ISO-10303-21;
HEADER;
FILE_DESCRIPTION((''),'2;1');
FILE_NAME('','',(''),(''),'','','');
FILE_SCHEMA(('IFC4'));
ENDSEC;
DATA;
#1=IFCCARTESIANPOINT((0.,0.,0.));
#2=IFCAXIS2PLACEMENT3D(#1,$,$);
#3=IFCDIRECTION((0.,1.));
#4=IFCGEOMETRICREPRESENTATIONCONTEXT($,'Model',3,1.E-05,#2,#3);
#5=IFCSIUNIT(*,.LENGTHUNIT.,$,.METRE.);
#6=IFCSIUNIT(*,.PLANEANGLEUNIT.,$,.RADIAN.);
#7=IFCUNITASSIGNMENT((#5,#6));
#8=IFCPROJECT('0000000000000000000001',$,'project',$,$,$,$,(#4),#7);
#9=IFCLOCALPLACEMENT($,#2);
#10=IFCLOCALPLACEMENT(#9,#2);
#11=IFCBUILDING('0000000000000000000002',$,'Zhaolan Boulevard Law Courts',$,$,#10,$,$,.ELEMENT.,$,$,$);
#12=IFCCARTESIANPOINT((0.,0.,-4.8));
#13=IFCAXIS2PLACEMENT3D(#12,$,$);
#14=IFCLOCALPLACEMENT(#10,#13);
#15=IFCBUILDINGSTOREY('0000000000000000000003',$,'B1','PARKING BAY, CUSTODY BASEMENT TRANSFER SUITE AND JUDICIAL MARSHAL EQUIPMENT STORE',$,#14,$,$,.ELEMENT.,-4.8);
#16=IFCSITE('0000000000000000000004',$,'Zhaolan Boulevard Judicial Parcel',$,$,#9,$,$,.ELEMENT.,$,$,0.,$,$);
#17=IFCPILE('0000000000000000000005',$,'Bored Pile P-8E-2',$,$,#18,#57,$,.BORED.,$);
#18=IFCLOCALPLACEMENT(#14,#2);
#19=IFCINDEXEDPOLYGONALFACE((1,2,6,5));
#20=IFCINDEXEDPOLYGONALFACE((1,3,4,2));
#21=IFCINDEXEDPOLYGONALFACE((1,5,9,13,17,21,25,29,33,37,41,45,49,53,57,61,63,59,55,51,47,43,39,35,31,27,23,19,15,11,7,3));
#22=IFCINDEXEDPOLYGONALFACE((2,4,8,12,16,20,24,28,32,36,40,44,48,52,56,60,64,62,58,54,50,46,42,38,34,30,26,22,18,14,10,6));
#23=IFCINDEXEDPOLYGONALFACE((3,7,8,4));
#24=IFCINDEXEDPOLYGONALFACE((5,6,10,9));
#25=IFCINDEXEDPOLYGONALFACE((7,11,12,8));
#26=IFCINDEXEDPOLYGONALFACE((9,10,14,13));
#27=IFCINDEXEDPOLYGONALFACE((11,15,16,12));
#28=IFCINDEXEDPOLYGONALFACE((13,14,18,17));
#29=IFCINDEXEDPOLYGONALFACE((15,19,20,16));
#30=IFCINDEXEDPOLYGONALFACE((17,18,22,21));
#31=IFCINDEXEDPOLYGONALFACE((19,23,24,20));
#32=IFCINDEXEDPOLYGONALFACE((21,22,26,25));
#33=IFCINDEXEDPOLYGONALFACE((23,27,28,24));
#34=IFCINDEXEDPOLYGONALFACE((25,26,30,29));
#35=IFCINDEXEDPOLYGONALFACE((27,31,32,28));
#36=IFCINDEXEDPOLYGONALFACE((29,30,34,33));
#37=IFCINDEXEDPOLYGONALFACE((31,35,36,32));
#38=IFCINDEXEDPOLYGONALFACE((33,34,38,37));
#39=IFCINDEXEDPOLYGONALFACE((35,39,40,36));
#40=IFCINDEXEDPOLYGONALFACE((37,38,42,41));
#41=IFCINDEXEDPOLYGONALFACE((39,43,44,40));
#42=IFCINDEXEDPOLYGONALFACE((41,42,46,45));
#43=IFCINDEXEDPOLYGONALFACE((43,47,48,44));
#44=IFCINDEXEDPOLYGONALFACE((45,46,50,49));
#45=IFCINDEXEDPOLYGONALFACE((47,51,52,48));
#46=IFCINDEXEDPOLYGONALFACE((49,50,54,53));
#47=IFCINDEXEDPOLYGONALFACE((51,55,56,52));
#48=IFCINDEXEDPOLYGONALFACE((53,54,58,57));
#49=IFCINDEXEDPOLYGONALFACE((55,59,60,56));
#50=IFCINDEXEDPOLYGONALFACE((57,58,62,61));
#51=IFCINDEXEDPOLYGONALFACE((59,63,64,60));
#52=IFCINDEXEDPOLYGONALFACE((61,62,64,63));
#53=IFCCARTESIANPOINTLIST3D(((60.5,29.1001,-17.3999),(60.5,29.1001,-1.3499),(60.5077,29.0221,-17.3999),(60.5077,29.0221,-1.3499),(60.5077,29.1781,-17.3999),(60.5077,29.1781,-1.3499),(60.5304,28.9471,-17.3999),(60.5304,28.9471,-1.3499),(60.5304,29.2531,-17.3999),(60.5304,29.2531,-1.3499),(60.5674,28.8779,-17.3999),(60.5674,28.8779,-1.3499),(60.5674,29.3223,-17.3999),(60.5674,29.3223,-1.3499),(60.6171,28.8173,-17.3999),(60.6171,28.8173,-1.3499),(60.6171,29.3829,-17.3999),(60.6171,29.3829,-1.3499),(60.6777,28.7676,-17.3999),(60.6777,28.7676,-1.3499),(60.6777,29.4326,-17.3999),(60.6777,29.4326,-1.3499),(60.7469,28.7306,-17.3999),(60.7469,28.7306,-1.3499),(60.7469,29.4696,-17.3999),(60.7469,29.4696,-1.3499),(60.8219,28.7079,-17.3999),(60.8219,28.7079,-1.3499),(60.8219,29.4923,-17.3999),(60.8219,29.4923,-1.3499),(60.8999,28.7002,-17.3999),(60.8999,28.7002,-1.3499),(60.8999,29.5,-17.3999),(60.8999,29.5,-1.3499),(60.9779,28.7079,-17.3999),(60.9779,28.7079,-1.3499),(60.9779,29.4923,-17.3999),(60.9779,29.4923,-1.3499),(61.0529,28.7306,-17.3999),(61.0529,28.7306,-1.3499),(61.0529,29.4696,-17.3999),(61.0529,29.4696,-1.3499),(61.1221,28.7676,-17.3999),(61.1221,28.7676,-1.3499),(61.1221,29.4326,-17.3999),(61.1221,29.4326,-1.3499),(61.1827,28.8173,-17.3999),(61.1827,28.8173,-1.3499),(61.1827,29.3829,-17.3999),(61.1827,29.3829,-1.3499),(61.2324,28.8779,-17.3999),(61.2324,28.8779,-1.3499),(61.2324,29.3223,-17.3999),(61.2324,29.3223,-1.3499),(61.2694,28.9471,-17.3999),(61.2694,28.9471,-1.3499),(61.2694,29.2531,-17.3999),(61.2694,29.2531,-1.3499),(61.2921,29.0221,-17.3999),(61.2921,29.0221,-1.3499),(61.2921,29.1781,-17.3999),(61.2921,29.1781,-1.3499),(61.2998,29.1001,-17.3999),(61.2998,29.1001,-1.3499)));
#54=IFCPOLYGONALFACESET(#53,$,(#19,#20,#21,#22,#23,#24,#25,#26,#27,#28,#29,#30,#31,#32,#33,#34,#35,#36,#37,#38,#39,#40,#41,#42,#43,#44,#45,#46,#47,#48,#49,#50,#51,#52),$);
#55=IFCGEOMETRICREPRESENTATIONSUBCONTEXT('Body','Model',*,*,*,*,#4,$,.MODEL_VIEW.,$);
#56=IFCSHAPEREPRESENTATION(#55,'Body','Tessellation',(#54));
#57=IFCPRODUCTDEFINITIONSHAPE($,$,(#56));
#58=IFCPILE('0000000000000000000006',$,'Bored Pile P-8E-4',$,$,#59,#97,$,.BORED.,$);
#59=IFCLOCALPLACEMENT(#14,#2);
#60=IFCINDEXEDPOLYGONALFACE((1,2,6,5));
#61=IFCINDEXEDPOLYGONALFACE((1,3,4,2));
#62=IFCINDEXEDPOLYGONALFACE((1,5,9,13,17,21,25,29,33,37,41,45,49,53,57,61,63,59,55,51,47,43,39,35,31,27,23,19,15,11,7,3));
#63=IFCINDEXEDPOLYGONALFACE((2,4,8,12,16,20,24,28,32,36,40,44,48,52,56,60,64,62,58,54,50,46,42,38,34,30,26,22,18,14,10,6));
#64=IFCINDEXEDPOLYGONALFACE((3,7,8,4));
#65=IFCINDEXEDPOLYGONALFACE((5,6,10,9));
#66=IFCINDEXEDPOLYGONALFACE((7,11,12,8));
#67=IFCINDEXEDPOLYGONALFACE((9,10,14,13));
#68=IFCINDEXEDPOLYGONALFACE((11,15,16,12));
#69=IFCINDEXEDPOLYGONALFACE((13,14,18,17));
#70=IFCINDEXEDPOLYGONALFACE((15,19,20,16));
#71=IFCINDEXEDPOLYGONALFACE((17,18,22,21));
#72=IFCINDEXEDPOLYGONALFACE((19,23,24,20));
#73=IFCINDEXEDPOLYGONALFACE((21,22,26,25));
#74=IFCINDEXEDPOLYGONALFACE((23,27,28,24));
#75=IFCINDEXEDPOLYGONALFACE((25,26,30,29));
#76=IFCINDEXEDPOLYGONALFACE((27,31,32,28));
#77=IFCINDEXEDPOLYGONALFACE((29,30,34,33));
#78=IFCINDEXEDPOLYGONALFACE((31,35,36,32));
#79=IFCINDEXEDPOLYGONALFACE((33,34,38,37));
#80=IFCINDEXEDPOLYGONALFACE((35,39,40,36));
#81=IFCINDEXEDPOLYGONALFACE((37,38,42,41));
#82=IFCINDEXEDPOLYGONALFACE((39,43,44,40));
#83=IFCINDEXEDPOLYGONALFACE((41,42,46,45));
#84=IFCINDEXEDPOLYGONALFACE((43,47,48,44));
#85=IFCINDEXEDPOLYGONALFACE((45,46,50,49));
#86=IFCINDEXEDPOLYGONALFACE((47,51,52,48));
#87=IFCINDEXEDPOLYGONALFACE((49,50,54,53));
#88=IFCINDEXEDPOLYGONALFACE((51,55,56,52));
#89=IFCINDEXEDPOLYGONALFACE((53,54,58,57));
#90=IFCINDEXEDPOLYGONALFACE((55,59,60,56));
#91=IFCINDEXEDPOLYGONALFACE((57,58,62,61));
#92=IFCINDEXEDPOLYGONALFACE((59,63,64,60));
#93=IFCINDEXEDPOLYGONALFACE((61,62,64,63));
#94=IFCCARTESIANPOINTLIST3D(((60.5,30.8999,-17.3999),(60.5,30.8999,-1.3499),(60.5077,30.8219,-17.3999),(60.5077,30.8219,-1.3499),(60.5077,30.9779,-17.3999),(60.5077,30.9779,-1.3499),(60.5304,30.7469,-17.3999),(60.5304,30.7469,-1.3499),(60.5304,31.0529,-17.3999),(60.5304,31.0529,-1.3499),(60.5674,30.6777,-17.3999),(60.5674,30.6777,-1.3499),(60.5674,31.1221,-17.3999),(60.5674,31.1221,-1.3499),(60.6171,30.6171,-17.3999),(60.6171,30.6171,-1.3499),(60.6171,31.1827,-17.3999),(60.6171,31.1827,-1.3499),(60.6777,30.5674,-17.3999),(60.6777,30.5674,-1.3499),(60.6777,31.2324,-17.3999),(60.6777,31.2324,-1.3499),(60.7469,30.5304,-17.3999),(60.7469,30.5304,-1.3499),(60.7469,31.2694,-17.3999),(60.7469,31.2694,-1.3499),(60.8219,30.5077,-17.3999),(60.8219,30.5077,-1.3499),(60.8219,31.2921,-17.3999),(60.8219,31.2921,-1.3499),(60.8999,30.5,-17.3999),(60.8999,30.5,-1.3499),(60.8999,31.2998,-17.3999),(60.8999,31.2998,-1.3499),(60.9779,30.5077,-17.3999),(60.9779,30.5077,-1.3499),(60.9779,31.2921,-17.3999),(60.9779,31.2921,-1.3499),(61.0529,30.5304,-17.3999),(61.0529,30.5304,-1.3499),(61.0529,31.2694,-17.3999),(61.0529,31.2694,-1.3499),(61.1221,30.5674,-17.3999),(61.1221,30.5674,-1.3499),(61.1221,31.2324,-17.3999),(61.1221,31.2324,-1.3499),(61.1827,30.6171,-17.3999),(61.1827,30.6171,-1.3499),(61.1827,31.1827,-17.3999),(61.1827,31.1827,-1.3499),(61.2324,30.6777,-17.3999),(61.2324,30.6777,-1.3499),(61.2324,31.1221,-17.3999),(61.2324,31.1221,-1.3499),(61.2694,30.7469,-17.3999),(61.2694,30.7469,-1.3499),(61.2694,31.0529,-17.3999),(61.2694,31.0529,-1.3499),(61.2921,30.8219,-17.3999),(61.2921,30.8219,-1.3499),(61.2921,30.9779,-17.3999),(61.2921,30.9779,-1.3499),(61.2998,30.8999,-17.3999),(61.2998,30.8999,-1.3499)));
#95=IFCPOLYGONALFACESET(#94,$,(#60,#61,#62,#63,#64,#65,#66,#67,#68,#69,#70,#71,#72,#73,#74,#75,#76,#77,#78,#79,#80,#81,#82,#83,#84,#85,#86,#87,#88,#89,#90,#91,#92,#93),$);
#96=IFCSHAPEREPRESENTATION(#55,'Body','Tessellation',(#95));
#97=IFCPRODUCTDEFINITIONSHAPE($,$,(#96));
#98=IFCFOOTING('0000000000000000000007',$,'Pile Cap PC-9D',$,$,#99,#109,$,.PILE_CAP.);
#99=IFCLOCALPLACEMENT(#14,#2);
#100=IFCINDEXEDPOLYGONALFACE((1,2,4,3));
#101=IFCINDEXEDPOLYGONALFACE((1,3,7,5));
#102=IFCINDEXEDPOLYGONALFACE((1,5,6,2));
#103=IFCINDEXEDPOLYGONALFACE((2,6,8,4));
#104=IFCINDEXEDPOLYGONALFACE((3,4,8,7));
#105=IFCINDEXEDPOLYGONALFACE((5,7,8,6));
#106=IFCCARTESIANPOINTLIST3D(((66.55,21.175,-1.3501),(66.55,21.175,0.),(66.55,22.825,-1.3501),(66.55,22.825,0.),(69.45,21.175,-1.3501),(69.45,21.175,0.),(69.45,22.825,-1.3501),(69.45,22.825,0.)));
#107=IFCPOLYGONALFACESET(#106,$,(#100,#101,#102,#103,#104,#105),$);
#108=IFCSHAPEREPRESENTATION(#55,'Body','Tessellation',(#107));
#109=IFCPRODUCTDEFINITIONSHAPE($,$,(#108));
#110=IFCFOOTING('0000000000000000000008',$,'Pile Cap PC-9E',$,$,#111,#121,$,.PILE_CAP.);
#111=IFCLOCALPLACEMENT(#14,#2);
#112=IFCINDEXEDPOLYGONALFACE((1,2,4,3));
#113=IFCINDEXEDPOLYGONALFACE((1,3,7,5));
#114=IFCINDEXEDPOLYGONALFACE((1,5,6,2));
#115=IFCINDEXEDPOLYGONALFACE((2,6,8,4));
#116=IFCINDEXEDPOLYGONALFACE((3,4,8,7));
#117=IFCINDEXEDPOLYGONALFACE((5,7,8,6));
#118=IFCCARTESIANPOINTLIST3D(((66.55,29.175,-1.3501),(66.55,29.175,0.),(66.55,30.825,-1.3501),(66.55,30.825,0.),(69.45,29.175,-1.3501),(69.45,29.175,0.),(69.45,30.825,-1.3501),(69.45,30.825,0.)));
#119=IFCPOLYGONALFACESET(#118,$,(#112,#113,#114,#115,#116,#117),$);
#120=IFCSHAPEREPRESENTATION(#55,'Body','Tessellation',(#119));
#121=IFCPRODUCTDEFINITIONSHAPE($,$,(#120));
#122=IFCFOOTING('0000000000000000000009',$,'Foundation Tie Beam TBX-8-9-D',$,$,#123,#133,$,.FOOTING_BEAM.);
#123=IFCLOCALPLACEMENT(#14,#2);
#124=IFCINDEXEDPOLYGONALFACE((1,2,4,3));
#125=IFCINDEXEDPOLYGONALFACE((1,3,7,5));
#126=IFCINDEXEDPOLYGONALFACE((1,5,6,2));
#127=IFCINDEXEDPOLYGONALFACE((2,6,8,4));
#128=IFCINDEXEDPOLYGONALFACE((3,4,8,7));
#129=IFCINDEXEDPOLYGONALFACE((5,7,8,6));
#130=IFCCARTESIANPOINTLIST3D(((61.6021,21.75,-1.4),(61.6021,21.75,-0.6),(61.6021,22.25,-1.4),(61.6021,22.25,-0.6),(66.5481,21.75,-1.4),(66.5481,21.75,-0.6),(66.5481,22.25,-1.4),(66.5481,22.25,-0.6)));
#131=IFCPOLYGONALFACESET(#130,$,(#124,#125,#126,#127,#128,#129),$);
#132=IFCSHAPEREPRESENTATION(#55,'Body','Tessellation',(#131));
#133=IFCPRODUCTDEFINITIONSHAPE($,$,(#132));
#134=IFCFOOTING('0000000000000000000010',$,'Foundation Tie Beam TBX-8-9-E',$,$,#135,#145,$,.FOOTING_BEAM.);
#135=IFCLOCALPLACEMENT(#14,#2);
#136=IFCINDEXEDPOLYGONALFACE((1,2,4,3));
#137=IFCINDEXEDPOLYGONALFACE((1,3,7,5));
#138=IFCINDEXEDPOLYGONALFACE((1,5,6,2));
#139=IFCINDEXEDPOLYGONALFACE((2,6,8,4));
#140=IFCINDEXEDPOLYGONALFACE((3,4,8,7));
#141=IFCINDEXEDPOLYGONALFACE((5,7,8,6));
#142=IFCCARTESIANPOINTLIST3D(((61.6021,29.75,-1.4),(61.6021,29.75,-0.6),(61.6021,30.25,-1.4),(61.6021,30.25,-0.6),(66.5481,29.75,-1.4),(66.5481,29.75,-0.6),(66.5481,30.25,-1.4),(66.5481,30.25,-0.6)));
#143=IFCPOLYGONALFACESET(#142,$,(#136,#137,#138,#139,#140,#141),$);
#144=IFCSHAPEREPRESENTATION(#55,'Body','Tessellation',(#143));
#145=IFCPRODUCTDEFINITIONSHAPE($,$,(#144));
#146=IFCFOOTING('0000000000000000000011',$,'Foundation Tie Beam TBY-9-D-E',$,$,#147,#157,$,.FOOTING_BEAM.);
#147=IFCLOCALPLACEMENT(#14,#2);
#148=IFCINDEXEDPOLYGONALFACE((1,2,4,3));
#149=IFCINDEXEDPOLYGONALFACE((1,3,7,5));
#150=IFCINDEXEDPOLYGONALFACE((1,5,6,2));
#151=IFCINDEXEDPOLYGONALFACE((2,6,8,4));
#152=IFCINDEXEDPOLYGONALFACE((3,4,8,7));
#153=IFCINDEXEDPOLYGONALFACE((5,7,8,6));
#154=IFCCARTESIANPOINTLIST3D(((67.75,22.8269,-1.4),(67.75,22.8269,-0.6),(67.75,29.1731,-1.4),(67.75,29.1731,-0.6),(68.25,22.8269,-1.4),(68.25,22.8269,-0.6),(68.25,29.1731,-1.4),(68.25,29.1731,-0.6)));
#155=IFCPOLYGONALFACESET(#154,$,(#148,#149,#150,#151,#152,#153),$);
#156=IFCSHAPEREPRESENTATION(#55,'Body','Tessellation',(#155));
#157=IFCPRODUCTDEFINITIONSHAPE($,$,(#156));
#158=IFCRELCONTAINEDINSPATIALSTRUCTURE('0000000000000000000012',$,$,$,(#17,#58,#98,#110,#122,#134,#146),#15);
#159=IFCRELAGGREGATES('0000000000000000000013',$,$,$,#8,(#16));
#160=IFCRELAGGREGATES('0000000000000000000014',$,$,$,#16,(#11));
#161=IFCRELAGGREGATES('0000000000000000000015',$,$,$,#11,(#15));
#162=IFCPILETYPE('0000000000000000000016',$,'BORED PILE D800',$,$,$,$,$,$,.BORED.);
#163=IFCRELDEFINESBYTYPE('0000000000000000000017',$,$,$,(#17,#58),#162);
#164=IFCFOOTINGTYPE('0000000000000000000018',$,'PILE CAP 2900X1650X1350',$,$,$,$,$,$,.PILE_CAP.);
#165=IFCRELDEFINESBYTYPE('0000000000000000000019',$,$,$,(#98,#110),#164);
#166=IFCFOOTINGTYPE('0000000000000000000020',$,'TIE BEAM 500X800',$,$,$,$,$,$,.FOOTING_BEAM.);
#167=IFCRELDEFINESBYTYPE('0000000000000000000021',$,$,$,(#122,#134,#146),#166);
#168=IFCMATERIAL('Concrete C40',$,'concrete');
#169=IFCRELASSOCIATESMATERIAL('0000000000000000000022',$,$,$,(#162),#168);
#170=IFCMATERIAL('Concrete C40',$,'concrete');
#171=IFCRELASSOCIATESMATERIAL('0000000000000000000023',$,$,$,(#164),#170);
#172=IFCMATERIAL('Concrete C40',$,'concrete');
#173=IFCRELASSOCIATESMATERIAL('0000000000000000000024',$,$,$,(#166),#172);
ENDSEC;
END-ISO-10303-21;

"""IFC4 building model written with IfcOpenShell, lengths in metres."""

from ifc_helpers import new_model, si_unit, direction, frame, origin, origin_2d, place, context, subcontext, project, spatial, rectangle, circle, extrude, material, material_profile, profile_set, type_object, element, save


model = new_model("IFC4")

# Units and contexts
model_context = context("Model", 3, precision=1e-05, world=origin(), true_north=direction((0.0, 1.0)))
body_context = subcontext(model_context, "Body", "Model", "MODEL_VIEW")
ifc_project = project(units=[si_unit("LENGTHUNIT", "METRE"), si_unit("PLANEANGLEUNIT", "RADIAN")], contexts=[model_context])

# Site, building, storey
site_placement = place(None, origin())
site = spatial("IfcSite", under=ifc_project, at=site_placement, Name="Zhaolan Boulevard Judicial Parcel", CompositionType="ELEMENT", RefElevation=0.0)
building_placement = place(site_placement, origin())
building = spatial("IfcBuilding", under=site, at=building_placement, Name="Zhaolan Boulevard Law Courts", CompositionType="ELEMENT")
storey_placement = place(building_placement, frame((0.0, 0.0, -4.8)))
storey = spatial("IfcBuildingStorey", under=building, at=storey_placement, Name="B1", Description="PARKING BAY, CUSTODY BASEMENT TRANSFER SUITE AND JUDICIAL MARSHAL EQUIPMENT STORE", CompositionType="ELEMENT", Elevation=-4.8)

# Piles
ifc_material_1 = material(Name="Concrete C40", Category="concrete")
ifc_material_profile_1 = material_profile(ifc_material_1, circle(Radius=0.3999, at=origin_2d()), Name="PILE-D800")
ifc_profile_set_1 = profile_set([ifc_material_profile_1], Name="Concrete C40")
pile_type_1 = type_object("IfcPileType", Name="BORED PILE D800", PredefinedType="BORED", material=ifc_profile_set_1)
for number, where, z_axis, x_axis, name in (
    (1, (60.8999, 29.1001, -1.3499), (0.0, 0.0, -1.0), (1.0, 0.0, 0.0), "Bored Pile P-8E-2"),
    (2, (60.8999, 30.8999, -1.3499), (0.0, 0.0, -1.0), (1.0, 0.0, 0.0), "Bored Pile P-8E-4"),
):
    element("IfcPile", number, at=place(storey_placement, frame(where, z_axis=z_axis, x_axis=x_axis)), inside=storey, type_object=pile_type_1, Name=name, PredefinedType="BORED", context=body_context, shape_type="SweptSolid", body=[
        extrude(circle(Radius=0.3999, at=origin_2d()), origin(), (0.0, 0.0, 1.0), 16.05),
    ])

# Footings
ifc_material_2 = material(Name="Concrete C40", Category="concrete")
footing_type_1 = type_object("IfcFootingType", Name="PILE CAP 2900X1650X1350", PredefinedType="PILE_CAP", material=ifc_material_2)
for number, where, z_axis, x_axis, name in (
    (3, (68.0, 22.0, -1.3501), (0.0, 0.0, 1.0), (1.0, 0.0, 0.0), "Pile Cap PC-9D"),
    (4, (68.0, 30.0, -1.3501), (0.0, 0.0, 1.0), (1.0, 0.0, 0.0), "Pile Cap PC-9E"),
):
    element("IfcFooting", number, at=place(storey_placement, frame(where, z_axis=z_axis, x_axis=x_axis)), inside=storey, type_object=footing_type_1, Name=name, PredefinedType="PILE_CAP", context=body_context, shape_type="SweptSolid", body=[
        extrude(rectangle(XDim=2.8999, YDim=1.6499, at=origin_2d()), origin(), (0.0, 0.0, 1.0), 1.3501),
    ])
ifc_material_3 = material(Name="Concrete C40", Category="concrete")
ifc_material_profile_2 = material_profile(ifc_material_3, rectangle(XDim=0.5, YDim=0.8, at=origin_2d()), Name="RC500x800")
ifc_profile_set_2 = profile_set([ifc_material_profile_2], Name="Concrete C40")
footing_type_2 = type_object("IfcFootingType", Name="TIE BEAM 500X800", PredefinedType="FOOTING_BEAM", material=ifc_profile_set_2)
for number, where, z_axis, x_axis, name in (
    (5, (61.6021, 22.0, -1.0), (1.0, 0.0, 0.0), (0.0, 1.0, 0.0), "Foundation Tie Beam TBX-8-9-D"),
    (6, (61.6021, 30.0, -1.0), (1.0, 0.0, 0.0), (0.0, 1.0, 0.0), "Foundation Tie Beam TBX-8-9-E"),
):
    element("IfcFooting", number, at=place(storey_placement, frame(where, z_axis=z_axis, x_axis=x_axis)), inside=storey, type_object=footing_type_2, Name=name, PredefinedType="FOOTING_BEAM", context=body_context, shape_type="SweptSolid", body=[
        extrude(rectangle(XDim=0.5, YDim=0.8, at=origin_2d()), origin(), (0.0, 0.0, 1.0), 4.946),
    ])
footing_placement = place(storey_placement, frame((68.0, 22.8269, -1.0), z_axis=(0.0, 1.0, 0.0), x_axis=(-1.0, 0.0, 0.0)))
element("IfcFooting", 7, at=footing_placement, inside=storey, type_object=footing_type_2, Name="Foundation Tie Beam TBY-9-D-E", PredefinedType="FOOTING_BEAM", context=body_context, shape_type="SweptSolid", body=[
    extrude(rectangle(XDim=0.5, YDim=0.8, at=origin_2d()), origin(), (0.0, 0.0, 1.0), 6.3462),
])

save(model, "model.ifc")
